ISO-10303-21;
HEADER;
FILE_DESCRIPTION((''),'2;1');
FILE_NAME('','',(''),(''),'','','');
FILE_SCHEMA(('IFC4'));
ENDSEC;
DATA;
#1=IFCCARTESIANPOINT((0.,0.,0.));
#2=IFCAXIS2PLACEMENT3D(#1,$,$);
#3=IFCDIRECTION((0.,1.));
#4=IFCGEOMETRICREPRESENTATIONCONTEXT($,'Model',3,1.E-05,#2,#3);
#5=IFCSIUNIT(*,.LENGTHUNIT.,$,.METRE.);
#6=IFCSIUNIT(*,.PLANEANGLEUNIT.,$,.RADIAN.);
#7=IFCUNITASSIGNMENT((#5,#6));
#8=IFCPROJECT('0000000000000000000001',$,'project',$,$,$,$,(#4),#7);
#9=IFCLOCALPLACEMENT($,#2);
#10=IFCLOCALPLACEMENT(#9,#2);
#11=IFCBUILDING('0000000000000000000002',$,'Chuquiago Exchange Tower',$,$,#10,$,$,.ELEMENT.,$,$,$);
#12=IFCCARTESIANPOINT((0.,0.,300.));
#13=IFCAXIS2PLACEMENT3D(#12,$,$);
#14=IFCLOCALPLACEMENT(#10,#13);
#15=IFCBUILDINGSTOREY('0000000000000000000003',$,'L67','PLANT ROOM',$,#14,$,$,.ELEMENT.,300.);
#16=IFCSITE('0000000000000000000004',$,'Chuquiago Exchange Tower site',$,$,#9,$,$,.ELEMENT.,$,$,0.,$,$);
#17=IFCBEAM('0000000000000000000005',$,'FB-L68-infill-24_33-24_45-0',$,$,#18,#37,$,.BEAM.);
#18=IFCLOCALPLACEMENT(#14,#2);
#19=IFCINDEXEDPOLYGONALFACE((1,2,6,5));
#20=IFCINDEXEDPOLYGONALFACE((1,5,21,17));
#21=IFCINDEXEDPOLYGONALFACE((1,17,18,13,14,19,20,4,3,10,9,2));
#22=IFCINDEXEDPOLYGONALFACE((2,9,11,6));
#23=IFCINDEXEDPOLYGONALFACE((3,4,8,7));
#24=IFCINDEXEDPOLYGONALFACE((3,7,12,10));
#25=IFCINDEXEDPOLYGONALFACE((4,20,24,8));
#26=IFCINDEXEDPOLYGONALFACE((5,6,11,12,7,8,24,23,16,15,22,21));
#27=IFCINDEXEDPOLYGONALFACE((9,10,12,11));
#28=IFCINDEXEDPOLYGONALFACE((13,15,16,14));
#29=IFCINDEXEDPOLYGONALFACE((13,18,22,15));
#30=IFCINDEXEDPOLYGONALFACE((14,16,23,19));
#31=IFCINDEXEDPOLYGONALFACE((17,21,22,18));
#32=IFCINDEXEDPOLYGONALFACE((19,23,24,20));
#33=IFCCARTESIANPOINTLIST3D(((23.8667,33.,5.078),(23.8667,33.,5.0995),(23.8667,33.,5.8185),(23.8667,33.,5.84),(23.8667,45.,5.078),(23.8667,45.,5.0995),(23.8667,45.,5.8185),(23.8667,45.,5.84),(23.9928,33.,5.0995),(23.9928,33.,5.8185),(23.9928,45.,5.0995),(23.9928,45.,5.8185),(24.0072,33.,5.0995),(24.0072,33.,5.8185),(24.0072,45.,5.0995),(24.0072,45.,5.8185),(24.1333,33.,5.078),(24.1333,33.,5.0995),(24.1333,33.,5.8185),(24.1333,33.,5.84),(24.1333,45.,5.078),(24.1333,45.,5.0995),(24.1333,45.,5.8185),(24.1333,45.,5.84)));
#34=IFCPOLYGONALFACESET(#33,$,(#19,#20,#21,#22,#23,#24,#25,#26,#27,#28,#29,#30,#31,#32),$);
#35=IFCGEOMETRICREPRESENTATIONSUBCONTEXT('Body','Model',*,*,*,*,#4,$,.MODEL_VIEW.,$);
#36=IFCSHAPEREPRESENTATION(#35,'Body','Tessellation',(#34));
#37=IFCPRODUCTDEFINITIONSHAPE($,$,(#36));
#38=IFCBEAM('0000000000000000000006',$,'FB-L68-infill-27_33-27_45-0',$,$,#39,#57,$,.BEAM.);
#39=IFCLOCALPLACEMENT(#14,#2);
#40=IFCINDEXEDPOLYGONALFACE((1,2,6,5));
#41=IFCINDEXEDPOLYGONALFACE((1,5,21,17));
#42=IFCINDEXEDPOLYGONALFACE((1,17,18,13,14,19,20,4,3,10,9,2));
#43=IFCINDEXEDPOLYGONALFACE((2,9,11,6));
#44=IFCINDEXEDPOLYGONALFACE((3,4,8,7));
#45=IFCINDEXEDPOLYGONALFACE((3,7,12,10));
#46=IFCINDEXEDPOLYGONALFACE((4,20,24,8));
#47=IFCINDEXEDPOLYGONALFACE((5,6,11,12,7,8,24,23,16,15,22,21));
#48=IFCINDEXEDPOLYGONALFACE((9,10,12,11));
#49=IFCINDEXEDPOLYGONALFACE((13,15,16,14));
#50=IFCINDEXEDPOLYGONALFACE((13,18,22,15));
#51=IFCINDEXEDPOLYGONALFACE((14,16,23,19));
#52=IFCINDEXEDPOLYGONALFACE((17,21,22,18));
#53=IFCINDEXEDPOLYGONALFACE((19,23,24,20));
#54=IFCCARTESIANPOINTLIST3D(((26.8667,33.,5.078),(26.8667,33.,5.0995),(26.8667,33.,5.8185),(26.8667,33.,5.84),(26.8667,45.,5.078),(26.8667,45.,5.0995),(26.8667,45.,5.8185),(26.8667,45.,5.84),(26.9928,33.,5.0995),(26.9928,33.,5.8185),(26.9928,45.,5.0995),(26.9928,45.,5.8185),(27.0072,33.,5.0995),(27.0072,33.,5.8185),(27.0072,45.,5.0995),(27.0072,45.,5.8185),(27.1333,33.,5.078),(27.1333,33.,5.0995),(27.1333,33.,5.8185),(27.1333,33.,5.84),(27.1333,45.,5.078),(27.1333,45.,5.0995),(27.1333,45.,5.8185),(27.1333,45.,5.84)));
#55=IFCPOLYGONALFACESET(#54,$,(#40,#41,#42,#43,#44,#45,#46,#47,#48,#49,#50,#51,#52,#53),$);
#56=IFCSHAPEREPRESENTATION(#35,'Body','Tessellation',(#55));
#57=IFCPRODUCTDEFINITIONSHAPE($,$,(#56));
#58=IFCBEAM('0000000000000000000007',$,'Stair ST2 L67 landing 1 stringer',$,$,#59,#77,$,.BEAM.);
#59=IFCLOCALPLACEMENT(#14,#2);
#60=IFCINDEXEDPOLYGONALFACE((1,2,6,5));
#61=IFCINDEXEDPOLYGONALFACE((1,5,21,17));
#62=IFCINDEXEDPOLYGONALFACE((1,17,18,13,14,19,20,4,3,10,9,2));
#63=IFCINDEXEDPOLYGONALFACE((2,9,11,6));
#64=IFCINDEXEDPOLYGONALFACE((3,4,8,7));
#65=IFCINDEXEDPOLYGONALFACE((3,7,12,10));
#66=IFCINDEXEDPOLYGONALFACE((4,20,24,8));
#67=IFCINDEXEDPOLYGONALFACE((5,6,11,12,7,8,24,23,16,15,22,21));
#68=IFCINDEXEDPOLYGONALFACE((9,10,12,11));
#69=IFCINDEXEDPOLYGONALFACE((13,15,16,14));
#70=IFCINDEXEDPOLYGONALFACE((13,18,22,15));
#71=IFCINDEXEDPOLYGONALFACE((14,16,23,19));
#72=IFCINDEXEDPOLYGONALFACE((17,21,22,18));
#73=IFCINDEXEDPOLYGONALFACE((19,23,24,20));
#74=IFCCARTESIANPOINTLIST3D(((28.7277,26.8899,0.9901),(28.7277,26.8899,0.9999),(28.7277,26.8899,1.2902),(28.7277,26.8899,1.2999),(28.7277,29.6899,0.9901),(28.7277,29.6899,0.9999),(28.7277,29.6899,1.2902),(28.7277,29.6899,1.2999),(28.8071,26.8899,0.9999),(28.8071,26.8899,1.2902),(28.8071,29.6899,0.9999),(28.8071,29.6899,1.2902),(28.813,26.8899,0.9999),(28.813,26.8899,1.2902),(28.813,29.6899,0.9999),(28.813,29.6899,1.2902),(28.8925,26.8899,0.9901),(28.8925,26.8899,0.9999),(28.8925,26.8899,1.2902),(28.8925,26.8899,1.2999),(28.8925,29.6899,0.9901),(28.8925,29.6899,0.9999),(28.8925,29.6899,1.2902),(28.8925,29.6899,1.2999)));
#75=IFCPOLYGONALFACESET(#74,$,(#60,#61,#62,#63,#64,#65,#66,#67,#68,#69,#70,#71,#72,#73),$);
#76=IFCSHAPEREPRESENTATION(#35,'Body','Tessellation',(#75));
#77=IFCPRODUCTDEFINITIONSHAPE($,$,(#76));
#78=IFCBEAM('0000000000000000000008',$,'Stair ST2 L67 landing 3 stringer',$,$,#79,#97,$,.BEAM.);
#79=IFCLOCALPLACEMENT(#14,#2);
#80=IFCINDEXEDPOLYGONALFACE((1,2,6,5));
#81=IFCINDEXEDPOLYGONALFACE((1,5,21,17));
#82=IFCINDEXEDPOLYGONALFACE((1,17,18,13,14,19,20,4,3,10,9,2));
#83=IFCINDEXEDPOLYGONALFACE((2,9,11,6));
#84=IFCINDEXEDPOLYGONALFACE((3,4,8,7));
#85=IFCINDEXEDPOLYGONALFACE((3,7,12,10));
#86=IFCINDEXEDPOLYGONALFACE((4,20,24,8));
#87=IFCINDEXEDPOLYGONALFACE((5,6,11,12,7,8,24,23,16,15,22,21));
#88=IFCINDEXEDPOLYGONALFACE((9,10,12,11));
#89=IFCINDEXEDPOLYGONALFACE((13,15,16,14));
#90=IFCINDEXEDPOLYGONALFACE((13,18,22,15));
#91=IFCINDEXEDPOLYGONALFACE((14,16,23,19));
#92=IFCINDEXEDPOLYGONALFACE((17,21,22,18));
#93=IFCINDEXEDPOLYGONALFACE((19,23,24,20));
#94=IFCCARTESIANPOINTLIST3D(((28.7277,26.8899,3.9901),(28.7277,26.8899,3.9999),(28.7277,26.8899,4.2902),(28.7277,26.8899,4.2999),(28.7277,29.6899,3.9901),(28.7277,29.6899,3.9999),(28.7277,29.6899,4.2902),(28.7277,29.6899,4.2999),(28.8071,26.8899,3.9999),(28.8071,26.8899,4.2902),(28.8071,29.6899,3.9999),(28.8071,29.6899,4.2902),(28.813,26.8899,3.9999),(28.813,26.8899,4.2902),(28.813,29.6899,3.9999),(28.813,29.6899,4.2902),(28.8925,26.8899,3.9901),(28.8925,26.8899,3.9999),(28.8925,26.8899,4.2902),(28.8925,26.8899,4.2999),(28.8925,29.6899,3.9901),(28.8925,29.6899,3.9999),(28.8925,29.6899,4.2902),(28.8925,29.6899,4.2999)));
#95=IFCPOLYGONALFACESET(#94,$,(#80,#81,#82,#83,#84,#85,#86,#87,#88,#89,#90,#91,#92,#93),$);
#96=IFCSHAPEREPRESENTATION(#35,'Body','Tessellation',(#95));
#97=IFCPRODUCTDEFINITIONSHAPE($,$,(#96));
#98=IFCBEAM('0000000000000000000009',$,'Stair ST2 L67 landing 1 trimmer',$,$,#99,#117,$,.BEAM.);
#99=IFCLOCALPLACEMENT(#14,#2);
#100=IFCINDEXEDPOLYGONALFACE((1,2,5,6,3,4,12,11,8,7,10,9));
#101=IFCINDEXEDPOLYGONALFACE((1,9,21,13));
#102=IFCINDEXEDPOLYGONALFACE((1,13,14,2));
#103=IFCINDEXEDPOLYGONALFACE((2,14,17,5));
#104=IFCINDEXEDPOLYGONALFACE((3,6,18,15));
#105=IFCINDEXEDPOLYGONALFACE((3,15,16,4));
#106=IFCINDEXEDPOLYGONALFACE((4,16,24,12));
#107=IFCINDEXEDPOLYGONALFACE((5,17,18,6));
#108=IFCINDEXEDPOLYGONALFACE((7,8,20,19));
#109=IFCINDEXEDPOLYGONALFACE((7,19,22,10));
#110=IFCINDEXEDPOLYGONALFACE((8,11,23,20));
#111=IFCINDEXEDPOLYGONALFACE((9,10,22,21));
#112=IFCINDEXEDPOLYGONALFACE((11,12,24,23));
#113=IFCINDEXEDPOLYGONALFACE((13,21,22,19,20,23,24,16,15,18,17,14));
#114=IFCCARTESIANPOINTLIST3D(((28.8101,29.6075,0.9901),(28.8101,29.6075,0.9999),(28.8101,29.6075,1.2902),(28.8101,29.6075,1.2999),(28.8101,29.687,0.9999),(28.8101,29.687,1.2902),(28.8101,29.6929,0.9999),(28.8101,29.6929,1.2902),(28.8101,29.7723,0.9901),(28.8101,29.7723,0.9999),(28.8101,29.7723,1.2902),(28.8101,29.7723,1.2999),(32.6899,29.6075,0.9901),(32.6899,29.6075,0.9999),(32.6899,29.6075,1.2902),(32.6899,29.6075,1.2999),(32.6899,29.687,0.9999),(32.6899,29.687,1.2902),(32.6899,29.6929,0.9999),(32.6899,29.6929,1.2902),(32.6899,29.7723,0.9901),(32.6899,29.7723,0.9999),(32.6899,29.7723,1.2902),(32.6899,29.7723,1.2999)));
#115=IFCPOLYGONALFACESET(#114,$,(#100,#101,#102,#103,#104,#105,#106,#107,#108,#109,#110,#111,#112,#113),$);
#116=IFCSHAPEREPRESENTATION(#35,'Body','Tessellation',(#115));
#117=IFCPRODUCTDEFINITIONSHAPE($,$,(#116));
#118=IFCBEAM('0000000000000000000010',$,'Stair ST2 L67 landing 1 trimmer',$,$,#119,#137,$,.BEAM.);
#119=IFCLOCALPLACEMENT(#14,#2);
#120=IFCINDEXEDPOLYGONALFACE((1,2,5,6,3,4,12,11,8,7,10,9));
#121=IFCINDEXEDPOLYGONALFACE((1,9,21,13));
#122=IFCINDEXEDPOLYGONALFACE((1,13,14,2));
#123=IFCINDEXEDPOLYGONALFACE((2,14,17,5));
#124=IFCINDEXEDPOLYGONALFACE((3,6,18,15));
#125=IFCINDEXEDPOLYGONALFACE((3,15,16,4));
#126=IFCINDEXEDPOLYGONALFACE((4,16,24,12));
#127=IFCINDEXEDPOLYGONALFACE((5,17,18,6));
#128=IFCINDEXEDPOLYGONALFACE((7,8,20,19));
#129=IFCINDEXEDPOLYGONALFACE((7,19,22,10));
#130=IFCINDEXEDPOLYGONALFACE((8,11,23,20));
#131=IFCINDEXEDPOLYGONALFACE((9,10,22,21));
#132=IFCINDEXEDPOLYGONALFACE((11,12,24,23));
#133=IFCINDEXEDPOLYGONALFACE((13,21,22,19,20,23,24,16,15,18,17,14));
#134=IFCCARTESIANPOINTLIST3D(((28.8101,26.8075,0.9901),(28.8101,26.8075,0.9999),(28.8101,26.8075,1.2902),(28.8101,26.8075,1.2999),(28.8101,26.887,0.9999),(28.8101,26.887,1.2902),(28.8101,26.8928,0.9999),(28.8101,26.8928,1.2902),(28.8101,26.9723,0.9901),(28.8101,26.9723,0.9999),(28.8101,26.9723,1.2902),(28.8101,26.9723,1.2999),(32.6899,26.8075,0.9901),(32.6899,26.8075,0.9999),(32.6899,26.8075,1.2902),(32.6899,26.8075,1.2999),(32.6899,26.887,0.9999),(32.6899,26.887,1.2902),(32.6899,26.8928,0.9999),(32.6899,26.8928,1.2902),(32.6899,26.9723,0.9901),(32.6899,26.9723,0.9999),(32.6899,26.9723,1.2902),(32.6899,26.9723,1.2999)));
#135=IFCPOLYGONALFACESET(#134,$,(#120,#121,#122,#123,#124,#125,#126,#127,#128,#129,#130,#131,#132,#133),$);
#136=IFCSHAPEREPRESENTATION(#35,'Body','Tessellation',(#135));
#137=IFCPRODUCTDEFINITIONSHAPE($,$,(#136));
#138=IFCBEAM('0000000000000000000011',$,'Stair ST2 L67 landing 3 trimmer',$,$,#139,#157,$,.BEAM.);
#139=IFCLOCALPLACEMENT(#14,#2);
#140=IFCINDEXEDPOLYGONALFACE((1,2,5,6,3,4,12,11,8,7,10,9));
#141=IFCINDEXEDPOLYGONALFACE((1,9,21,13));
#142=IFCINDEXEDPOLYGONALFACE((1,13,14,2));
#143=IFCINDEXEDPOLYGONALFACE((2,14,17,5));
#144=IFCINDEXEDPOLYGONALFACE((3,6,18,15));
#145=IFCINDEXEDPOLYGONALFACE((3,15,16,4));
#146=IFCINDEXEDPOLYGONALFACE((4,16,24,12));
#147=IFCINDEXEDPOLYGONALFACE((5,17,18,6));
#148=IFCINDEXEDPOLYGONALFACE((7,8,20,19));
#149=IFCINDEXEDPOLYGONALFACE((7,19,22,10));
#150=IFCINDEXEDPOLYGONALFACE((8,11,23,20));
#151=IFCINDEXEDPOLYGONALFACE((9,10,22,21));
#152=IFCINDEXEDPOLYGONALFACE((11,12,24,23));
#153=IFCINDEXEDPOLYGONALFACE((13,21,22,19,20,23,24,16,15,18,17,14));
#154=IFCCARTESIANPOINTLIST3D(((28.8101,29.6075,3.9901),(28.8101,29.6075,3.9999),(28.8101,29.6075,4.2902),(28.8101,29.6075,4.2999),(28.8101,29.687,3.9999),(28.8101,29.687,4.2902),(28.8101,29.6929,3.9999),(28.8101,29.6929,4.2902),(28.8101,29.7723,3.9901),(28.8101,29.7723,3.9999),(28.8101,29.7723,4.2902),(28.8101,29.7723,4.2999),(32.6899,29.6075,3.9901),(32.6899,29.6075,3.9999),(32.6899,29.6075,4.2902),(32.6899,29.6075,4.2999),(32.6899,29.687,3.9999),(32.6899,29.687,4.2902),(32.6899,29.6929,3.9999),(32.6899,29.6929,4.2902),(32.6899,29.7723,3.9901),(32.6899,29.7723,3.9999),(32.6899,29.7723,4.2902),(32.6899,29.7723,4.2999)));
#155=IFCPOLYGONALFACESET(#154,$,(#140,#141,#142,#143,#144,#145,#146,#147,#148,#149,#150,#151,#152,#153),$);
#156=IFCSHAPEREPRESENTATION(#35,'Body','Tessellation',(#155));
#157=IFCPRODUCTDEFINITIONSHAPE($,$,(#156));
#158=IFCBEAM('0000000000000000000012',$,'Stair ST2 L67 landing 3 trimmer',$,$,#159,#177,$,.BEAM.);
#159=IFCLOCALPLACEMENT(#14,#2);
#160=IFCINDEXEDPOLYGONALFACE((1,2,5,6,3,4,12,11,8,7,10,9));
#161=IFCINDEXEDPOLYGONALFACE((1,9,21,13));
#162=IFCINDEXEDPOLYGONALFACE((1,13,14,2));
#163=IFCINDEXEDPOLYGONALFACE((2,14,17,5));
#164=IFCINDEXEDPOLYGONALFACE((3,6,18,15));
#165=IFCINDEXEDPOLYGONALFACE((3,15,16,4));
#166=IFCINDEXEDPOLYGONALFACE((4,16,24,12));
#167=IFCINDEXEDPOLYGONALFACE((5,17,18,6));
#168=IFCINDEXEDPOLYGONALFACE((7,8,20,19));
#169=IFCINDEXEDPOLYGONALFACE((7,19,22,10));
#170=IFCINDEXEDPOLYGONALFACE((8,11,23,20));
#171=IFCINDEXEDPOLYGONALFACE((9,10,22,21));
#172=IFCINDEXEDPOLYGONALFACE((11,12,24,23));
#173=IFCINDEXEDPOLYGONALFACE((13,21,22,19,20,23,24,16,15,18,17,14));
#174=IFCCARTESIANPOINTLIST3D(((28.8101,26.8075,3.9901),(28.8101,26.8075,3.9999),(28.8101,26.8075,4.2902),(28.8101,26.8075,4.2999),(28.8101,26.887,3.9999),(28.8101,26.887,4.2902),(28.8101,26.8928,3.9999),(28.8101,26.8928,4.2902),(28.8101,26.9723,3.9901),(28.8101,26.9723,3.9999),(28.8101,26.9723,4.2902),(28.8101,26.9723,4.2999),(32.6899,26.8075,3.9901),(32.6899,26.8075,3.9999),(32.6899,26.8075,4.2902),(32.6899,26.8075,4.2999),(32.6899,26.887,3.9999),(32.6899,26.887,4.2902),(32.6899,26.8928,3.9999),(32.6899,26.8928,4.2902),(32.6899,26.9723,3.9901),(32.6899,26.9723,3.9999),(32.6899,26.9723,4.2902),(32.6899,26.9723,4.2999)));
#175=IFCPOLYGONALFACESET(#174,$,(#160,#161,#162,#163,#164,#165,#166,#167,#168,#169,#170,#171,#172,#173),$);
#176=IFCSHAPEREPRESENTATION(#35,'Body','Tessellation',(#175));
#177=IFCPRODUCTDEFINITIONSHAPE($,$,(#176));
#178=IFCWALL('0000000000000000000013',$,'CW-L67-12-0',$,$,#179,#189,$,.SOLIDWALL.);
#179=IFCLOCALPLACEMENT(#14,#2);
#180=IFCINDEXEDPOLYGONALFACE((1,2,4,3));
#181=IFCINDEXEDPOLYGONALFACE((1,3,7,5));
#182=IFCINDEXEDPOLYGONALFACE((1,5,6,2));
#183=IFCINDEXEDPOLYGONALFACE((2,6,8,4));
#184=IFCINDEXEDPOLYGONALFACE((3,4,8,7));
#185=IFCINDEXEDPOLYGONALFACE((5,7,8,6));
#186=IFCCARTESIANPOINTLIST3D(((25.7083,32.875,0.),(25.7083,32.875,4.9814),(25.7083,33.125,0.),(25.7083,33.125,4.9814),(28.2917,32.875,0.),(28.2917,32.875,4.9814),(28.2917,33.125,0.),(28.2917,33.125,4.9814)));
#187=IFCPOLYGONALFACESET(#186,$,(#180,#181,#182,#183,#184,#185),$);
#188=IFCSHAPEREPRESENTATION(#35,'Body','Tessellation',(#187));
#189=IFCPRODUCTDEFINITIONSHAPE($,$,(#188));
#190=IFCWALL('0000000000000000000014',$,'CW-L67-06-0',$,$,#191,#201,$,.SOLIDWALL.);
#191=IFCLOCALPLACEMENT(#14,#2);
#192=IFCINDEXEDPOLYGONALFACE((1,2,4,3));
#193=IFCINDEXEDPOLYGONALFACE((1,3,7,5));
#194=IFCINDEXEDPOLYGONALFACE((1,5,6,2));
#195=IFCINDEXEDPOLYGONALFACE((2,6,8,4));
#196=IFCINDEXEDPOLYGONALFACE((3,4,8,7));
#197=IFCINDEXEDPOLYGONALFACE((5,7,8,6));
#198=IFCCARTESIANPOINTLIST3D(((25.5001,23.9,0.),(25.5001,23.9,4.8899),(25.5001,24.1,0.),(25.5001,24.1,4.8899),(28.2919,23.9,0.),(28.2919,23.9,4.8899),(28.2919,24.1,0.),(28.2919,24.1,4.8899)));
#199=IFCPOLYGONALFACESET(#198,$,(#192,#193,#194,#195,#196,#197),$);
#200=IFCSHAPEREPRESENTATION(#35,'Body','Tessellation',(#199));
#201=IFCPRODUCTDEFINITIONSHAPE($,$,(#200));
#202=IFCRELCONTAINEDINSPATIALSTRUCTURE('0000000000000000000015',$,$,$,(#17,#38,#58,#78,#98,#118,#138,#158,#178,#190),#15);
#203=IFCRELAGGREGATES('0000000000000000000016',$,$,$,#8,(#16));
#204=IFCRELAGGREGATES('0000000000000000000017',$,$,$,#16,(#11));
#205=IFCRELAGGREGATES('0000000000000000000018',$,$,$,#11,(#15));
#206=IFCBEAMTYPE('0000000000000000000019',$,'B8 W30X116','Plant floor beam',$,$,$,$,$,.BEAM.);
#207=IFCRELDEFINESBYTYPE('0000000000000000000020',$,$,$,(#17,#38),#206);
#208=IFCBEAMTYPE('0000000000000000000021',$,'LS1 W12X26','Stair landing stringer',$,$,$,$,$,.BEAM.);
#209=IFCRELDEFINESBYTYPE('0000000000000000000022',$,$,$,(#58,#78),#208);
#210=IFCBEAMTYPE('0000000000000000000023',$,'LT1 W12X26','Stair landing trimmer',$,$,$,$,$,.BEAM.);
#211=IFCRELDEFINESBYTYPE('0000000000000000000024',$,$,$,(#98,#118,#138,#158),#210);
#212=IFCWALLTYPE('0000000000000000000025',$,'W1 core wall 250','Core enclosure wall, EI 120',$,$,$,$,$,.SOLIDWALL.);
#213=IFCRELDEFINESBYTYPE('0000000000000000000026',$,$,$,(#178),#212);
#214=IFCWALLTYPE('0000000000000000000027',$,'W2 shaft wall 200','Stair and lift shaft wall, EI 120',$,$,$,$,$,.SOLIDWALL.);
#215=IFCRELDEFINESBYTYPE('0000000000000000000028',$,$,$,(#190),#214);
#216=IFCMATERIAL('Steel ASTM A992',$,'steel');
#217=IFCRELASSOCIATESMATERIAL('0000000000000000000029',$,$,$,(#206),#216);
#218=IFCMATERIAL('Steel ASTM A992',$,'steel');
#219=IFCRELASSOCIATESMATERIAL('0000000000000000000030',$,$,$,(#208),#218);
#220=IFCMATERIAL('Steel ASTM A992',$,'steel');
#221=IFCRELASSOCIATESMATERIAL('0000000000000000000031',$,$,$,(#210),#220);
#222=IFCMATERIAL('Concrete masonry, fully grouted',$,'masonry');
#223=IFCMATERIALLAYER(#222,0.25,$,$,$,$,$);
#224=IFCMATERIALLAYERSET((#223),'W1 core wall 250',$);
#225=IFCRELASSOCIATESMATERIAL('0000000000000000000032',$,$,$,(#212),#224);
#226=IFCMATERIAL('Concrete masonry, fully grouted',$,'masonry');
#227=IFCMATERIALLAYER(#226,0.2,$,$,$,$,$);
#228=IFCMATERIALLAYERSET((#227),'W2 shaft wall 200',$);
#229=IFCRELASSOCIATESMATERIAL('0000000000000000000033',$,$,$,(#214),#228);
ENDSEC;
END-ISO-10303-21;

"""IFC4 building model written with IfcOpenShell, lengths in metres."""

from ifc_helpers import new_model, si_unit, direction, frame, frame_2d, origin, origin_2d, place, context, subcontext, project, spatial, rectangle, i_section, extrude, material, layer, layer_set, material_profile, profile_set, type_object, element, save


model = new_model("IFC4")

# Units and contexts
model_context = context("Model", 3, precision=1e-05, world=origin(), true_north=direction((0.0, 1.0)))
body_context = subcontext(model_context, "Body", "Model", "MODEL_VIEW")
ifc_project = project(units=[si_unit("LENGTHUNIT", "METRE"), si_unit("PLANEANGLEUNIT", "RADIAN")], contexts=[model_context])

# Site, building, storey
site_placement = place(None, origin())
site = spatial("IfcSite", under=ifc_project, at=site_placement, Name="Chuquiago Exchange Tower site", CompositionType="ELEMENT", RefElevation=0.0)
building_placement = place(site_placement, origin())
building = spatial("IfcBuilding", under=site, at=building_placement, Name="Chuquiago Exchange Tower", CompositionType="ELEMENT")
storey_placement = place(building_placement, frame((0.0, 0.0, 300.0)))
storey = spatial("IfcBuildingStorey", under=building, at=storey_placement, Name="L67", Description="PLANT ROOM", CompositionType="ELEMENT", Elevation=300.0)

# Beams
ifc_material_1 = material(Name="Steel ASTM A992", Category="steel")
ifc_material_profile_1 = material_profile(ifc_material_1, i_section(OverallWidth=0.2666, OverallDepth=0.762, WebThickness=0.0144, FlangeThickness=0.0215, at=origin_2d()), Name="W30X116")
ifc_profile_set_1 = profile_set([ifc_material_profile_1], Name="Steel ASTM A992")
beam_type_1 = type_object("IfcBeamType", Name="B8 W30X116", Description="Plant floor beam", PredefinedType="BEAM", material=ifc_profile_set_1)
for number, where, z_axis, x_axis, name in (
    (1, (24.0, 33.0, 5.459), (0.0, 1.0, 0.0), (-1.0, 0.0, 0.0), "FB-L68-infill-24_33-24_45-0"),
    (2, (27.0, 33.0, 5.459), (0.0, 1.0, 0.0), (-1.0, 0.0, 0.0), "FB-L68-infill-27_33-27_45-0"),
):
    element("IfcBeam", number, at=place(storey_placement, frame(where, z_axis=z_axis, x_axis=x_axis)), inside=storey, type_object=beam_type_1, Name=name, PredefinedType="BEAM", context=body_context, shape_type="SweptSolid", body=[
        extrude(i_section(OverallWidth=0.2666, OverallDepth=0.762, WebThickness=0.0144, FlangeThickness=0.0215, at=origin_2d()), origin(), (0.0, 0.0, 1.0), 12.0),
    ])
ifc_material_2 = material(Name="Steel ASTM A992", Category="steel")
ifc_material_profile_2 = material_profile(ifc_material_2, i_section(OverallWidth=0.1648, OverallDepth=0.3098, WebThickness=0.0059, FlangeThickness=0.0098, at=origin_2d()), Name="W12X26")
ifc_profile_set_2 = profile_set([ifc_material_profile_2], Name="Steel ASTM A992")
beam_type_2 = type_object("IfcBeamType", Name="LS1 W12X26", Description="Stair landing stringer", PredefinedType="BEAM", material=ifc_profile_set_2)
for number, where, z_axis, x_axis, name in (
    (3, (28.8101, 26.8899, 1.145), (0.0, 1.0, 0.0), (-1.0, 0.0, 0.0), "Stair ST2 L67 landing 1 stringer"),
    (4, (28.8101, 26.8899, 4.145), (0.0, 1.0, 0.0), (-1.0, 0.0, 0.0), "Stair ST2 L67 landing 3 stringer"),
):
    element("IfcBeam", number, at=place(storey_placement, frame(where, z_axis=z_axis, x_axis=x_axis)), inside=storey, type_object=beam_type_2, Name=name, PredefinedType="BEAM", context=body_context, shape_type="SweptSolid", body=[
        extrude(i_section(OverallWidth=0.1648, OverallDepth=0.3098, WebThickness=0.0059, FlangeThickness=0.0098, at=origin_2d()), origin(), (0.0, 0.0, 1.0), 2.8),
    ])
ifc_material_3 = material(Name="Steel ASTM A992", Category="steel")
ifc_material_profile_3 = material_profile(ifc_material_3, i_section(OverallWidth=0.1648, OverallDepth=0.3098, WebThickness=0.0059, FlangeThickness=0.0098, at=origin_2d()), Name="W12X26")
ifc_profile_set_3 = profile_set([ifc_material_profile_3], Name="Steel ASTM A992")
beam_type_3 = type_object("IfcBeamType", Name="LT1 W12X26", Description="Stair landing trimmer", PredefinedType="BEAM", material=ifc_profile_set_3)
for number, where, z_axis, x_axis, name in (
    (5, (28.8101, 29.6899, 1.145), (1.0, 0.0, 0.0), (0.0, 1.0, 0.0), "Stair ST2 L67 landing 1 trimmer"),
    (6, (28.8101, 26.8899, 1.145), (1.0, 0.0, 0.0), (0.0, 1.0, 0.0), "Stair ST2 L67 landing 1 trimmer"),
    (7, (28.8101, 29.6899, 4.145), (1.0, 0.0, 0.0), (0.0, 1.0, 0.0), "Stair ST2 L67 landing 3 trimmer"),
    (8, (28.8101, 26.8899, 4.145), (1.0, 0.0, 0.0), (0.0, 1.0, 0.0), "Stair ST2 L67 landing 3 trimmer"),
):
    element("IfcBeam", number, at=place(storey_placement, frame(where, z_axis=z_axis, x_axis=x_axis)), inside=storey, type_object=beam_type_3, Name=name, PredefinedType="BEAM", context=body_context, shape_type="SweptSolid", body=[
        extrude(i_section(OverallWidth=0.1648, OverallDepth=0.3098, WebThickness=0.0059, FlangeThickness=0.0098, at=origin_2d()), origin(), (0.0, 0.0, 1.0), 3.8799),
    ])

# Walls
ifc_material_4 = material(Name="Concrete masonry, fully grouted", Category="masonry")
ifc_layer_1 = layer(ifc_material_4, 0.25)
ifc_layer_set_1 = layer_set([ifc_layer_1], Name="W1 core wall 250")
wall_type_1 = type_object("IfcWallType", Name="W1 core wall 250", Description="Core enclosure wall, EI 120", PredefinedType="SOLIDWALL", material=ifc_layer_set_1)
wall_1_placement = place(storey_placement, frame((25.7083, 33.0, 0.0), z_axis=(0.0, 0.0, 1.0), x_axis=(1.0, 0.0, 0.0)))
element("IfcWall", 9, at=wall_1_placement, inside=storey, type_object=wall_type_1, Name="CW-L67-12-0", PredefinedType="SOLIDWALL", context=body_context, shape_type="SweptSolid", body=[
    extrude(rectangle(XDim=2.5835, YDim=0.25, at=frame_2d((1.2917, 0.0))), origin(), (0.0, 0.0, 1.0), 4.9814),
])
ifc_material_5 = material(Name="Concrete masonry, fully grouted", Category="masonry")
ifc_layer_2 = layer(ifc_material_5, 0.2)
ifc_layer_set_2 = layer_set([ifc_layer_2], Name="W2 shaft wall 200")
wall_type_2 = type_object("IfcWallType", Name="W2 shaft wall 200", Description="Stair and lift shaft wall, EI 120", PredefinedType="SOLIDWALL", material=ifc_layer_set_2)
wall_2_placement = place(storey_placement, frame((25.5, 24.0, 0.0), z_axis=(0.0, 0.0, 1.0), x_axis=(1.0, 0.0, 0.0)))
element("IfcWall", 10, at=wall_2_placement, inside=storey, type_object=wall_type_2, Name="CW-L67-06-0", PredefinedType="SOLIDWALL", context=body_context, shape_type="SweptSolid", body=[
    extrude(rectangle(XDim=2.7917, YDim=0.2, at=frame_2d((1.396, 0.0))), origin(), (0.0, 0.0, 1.0), 4.8899),
])

save(model, "model.ifc")
